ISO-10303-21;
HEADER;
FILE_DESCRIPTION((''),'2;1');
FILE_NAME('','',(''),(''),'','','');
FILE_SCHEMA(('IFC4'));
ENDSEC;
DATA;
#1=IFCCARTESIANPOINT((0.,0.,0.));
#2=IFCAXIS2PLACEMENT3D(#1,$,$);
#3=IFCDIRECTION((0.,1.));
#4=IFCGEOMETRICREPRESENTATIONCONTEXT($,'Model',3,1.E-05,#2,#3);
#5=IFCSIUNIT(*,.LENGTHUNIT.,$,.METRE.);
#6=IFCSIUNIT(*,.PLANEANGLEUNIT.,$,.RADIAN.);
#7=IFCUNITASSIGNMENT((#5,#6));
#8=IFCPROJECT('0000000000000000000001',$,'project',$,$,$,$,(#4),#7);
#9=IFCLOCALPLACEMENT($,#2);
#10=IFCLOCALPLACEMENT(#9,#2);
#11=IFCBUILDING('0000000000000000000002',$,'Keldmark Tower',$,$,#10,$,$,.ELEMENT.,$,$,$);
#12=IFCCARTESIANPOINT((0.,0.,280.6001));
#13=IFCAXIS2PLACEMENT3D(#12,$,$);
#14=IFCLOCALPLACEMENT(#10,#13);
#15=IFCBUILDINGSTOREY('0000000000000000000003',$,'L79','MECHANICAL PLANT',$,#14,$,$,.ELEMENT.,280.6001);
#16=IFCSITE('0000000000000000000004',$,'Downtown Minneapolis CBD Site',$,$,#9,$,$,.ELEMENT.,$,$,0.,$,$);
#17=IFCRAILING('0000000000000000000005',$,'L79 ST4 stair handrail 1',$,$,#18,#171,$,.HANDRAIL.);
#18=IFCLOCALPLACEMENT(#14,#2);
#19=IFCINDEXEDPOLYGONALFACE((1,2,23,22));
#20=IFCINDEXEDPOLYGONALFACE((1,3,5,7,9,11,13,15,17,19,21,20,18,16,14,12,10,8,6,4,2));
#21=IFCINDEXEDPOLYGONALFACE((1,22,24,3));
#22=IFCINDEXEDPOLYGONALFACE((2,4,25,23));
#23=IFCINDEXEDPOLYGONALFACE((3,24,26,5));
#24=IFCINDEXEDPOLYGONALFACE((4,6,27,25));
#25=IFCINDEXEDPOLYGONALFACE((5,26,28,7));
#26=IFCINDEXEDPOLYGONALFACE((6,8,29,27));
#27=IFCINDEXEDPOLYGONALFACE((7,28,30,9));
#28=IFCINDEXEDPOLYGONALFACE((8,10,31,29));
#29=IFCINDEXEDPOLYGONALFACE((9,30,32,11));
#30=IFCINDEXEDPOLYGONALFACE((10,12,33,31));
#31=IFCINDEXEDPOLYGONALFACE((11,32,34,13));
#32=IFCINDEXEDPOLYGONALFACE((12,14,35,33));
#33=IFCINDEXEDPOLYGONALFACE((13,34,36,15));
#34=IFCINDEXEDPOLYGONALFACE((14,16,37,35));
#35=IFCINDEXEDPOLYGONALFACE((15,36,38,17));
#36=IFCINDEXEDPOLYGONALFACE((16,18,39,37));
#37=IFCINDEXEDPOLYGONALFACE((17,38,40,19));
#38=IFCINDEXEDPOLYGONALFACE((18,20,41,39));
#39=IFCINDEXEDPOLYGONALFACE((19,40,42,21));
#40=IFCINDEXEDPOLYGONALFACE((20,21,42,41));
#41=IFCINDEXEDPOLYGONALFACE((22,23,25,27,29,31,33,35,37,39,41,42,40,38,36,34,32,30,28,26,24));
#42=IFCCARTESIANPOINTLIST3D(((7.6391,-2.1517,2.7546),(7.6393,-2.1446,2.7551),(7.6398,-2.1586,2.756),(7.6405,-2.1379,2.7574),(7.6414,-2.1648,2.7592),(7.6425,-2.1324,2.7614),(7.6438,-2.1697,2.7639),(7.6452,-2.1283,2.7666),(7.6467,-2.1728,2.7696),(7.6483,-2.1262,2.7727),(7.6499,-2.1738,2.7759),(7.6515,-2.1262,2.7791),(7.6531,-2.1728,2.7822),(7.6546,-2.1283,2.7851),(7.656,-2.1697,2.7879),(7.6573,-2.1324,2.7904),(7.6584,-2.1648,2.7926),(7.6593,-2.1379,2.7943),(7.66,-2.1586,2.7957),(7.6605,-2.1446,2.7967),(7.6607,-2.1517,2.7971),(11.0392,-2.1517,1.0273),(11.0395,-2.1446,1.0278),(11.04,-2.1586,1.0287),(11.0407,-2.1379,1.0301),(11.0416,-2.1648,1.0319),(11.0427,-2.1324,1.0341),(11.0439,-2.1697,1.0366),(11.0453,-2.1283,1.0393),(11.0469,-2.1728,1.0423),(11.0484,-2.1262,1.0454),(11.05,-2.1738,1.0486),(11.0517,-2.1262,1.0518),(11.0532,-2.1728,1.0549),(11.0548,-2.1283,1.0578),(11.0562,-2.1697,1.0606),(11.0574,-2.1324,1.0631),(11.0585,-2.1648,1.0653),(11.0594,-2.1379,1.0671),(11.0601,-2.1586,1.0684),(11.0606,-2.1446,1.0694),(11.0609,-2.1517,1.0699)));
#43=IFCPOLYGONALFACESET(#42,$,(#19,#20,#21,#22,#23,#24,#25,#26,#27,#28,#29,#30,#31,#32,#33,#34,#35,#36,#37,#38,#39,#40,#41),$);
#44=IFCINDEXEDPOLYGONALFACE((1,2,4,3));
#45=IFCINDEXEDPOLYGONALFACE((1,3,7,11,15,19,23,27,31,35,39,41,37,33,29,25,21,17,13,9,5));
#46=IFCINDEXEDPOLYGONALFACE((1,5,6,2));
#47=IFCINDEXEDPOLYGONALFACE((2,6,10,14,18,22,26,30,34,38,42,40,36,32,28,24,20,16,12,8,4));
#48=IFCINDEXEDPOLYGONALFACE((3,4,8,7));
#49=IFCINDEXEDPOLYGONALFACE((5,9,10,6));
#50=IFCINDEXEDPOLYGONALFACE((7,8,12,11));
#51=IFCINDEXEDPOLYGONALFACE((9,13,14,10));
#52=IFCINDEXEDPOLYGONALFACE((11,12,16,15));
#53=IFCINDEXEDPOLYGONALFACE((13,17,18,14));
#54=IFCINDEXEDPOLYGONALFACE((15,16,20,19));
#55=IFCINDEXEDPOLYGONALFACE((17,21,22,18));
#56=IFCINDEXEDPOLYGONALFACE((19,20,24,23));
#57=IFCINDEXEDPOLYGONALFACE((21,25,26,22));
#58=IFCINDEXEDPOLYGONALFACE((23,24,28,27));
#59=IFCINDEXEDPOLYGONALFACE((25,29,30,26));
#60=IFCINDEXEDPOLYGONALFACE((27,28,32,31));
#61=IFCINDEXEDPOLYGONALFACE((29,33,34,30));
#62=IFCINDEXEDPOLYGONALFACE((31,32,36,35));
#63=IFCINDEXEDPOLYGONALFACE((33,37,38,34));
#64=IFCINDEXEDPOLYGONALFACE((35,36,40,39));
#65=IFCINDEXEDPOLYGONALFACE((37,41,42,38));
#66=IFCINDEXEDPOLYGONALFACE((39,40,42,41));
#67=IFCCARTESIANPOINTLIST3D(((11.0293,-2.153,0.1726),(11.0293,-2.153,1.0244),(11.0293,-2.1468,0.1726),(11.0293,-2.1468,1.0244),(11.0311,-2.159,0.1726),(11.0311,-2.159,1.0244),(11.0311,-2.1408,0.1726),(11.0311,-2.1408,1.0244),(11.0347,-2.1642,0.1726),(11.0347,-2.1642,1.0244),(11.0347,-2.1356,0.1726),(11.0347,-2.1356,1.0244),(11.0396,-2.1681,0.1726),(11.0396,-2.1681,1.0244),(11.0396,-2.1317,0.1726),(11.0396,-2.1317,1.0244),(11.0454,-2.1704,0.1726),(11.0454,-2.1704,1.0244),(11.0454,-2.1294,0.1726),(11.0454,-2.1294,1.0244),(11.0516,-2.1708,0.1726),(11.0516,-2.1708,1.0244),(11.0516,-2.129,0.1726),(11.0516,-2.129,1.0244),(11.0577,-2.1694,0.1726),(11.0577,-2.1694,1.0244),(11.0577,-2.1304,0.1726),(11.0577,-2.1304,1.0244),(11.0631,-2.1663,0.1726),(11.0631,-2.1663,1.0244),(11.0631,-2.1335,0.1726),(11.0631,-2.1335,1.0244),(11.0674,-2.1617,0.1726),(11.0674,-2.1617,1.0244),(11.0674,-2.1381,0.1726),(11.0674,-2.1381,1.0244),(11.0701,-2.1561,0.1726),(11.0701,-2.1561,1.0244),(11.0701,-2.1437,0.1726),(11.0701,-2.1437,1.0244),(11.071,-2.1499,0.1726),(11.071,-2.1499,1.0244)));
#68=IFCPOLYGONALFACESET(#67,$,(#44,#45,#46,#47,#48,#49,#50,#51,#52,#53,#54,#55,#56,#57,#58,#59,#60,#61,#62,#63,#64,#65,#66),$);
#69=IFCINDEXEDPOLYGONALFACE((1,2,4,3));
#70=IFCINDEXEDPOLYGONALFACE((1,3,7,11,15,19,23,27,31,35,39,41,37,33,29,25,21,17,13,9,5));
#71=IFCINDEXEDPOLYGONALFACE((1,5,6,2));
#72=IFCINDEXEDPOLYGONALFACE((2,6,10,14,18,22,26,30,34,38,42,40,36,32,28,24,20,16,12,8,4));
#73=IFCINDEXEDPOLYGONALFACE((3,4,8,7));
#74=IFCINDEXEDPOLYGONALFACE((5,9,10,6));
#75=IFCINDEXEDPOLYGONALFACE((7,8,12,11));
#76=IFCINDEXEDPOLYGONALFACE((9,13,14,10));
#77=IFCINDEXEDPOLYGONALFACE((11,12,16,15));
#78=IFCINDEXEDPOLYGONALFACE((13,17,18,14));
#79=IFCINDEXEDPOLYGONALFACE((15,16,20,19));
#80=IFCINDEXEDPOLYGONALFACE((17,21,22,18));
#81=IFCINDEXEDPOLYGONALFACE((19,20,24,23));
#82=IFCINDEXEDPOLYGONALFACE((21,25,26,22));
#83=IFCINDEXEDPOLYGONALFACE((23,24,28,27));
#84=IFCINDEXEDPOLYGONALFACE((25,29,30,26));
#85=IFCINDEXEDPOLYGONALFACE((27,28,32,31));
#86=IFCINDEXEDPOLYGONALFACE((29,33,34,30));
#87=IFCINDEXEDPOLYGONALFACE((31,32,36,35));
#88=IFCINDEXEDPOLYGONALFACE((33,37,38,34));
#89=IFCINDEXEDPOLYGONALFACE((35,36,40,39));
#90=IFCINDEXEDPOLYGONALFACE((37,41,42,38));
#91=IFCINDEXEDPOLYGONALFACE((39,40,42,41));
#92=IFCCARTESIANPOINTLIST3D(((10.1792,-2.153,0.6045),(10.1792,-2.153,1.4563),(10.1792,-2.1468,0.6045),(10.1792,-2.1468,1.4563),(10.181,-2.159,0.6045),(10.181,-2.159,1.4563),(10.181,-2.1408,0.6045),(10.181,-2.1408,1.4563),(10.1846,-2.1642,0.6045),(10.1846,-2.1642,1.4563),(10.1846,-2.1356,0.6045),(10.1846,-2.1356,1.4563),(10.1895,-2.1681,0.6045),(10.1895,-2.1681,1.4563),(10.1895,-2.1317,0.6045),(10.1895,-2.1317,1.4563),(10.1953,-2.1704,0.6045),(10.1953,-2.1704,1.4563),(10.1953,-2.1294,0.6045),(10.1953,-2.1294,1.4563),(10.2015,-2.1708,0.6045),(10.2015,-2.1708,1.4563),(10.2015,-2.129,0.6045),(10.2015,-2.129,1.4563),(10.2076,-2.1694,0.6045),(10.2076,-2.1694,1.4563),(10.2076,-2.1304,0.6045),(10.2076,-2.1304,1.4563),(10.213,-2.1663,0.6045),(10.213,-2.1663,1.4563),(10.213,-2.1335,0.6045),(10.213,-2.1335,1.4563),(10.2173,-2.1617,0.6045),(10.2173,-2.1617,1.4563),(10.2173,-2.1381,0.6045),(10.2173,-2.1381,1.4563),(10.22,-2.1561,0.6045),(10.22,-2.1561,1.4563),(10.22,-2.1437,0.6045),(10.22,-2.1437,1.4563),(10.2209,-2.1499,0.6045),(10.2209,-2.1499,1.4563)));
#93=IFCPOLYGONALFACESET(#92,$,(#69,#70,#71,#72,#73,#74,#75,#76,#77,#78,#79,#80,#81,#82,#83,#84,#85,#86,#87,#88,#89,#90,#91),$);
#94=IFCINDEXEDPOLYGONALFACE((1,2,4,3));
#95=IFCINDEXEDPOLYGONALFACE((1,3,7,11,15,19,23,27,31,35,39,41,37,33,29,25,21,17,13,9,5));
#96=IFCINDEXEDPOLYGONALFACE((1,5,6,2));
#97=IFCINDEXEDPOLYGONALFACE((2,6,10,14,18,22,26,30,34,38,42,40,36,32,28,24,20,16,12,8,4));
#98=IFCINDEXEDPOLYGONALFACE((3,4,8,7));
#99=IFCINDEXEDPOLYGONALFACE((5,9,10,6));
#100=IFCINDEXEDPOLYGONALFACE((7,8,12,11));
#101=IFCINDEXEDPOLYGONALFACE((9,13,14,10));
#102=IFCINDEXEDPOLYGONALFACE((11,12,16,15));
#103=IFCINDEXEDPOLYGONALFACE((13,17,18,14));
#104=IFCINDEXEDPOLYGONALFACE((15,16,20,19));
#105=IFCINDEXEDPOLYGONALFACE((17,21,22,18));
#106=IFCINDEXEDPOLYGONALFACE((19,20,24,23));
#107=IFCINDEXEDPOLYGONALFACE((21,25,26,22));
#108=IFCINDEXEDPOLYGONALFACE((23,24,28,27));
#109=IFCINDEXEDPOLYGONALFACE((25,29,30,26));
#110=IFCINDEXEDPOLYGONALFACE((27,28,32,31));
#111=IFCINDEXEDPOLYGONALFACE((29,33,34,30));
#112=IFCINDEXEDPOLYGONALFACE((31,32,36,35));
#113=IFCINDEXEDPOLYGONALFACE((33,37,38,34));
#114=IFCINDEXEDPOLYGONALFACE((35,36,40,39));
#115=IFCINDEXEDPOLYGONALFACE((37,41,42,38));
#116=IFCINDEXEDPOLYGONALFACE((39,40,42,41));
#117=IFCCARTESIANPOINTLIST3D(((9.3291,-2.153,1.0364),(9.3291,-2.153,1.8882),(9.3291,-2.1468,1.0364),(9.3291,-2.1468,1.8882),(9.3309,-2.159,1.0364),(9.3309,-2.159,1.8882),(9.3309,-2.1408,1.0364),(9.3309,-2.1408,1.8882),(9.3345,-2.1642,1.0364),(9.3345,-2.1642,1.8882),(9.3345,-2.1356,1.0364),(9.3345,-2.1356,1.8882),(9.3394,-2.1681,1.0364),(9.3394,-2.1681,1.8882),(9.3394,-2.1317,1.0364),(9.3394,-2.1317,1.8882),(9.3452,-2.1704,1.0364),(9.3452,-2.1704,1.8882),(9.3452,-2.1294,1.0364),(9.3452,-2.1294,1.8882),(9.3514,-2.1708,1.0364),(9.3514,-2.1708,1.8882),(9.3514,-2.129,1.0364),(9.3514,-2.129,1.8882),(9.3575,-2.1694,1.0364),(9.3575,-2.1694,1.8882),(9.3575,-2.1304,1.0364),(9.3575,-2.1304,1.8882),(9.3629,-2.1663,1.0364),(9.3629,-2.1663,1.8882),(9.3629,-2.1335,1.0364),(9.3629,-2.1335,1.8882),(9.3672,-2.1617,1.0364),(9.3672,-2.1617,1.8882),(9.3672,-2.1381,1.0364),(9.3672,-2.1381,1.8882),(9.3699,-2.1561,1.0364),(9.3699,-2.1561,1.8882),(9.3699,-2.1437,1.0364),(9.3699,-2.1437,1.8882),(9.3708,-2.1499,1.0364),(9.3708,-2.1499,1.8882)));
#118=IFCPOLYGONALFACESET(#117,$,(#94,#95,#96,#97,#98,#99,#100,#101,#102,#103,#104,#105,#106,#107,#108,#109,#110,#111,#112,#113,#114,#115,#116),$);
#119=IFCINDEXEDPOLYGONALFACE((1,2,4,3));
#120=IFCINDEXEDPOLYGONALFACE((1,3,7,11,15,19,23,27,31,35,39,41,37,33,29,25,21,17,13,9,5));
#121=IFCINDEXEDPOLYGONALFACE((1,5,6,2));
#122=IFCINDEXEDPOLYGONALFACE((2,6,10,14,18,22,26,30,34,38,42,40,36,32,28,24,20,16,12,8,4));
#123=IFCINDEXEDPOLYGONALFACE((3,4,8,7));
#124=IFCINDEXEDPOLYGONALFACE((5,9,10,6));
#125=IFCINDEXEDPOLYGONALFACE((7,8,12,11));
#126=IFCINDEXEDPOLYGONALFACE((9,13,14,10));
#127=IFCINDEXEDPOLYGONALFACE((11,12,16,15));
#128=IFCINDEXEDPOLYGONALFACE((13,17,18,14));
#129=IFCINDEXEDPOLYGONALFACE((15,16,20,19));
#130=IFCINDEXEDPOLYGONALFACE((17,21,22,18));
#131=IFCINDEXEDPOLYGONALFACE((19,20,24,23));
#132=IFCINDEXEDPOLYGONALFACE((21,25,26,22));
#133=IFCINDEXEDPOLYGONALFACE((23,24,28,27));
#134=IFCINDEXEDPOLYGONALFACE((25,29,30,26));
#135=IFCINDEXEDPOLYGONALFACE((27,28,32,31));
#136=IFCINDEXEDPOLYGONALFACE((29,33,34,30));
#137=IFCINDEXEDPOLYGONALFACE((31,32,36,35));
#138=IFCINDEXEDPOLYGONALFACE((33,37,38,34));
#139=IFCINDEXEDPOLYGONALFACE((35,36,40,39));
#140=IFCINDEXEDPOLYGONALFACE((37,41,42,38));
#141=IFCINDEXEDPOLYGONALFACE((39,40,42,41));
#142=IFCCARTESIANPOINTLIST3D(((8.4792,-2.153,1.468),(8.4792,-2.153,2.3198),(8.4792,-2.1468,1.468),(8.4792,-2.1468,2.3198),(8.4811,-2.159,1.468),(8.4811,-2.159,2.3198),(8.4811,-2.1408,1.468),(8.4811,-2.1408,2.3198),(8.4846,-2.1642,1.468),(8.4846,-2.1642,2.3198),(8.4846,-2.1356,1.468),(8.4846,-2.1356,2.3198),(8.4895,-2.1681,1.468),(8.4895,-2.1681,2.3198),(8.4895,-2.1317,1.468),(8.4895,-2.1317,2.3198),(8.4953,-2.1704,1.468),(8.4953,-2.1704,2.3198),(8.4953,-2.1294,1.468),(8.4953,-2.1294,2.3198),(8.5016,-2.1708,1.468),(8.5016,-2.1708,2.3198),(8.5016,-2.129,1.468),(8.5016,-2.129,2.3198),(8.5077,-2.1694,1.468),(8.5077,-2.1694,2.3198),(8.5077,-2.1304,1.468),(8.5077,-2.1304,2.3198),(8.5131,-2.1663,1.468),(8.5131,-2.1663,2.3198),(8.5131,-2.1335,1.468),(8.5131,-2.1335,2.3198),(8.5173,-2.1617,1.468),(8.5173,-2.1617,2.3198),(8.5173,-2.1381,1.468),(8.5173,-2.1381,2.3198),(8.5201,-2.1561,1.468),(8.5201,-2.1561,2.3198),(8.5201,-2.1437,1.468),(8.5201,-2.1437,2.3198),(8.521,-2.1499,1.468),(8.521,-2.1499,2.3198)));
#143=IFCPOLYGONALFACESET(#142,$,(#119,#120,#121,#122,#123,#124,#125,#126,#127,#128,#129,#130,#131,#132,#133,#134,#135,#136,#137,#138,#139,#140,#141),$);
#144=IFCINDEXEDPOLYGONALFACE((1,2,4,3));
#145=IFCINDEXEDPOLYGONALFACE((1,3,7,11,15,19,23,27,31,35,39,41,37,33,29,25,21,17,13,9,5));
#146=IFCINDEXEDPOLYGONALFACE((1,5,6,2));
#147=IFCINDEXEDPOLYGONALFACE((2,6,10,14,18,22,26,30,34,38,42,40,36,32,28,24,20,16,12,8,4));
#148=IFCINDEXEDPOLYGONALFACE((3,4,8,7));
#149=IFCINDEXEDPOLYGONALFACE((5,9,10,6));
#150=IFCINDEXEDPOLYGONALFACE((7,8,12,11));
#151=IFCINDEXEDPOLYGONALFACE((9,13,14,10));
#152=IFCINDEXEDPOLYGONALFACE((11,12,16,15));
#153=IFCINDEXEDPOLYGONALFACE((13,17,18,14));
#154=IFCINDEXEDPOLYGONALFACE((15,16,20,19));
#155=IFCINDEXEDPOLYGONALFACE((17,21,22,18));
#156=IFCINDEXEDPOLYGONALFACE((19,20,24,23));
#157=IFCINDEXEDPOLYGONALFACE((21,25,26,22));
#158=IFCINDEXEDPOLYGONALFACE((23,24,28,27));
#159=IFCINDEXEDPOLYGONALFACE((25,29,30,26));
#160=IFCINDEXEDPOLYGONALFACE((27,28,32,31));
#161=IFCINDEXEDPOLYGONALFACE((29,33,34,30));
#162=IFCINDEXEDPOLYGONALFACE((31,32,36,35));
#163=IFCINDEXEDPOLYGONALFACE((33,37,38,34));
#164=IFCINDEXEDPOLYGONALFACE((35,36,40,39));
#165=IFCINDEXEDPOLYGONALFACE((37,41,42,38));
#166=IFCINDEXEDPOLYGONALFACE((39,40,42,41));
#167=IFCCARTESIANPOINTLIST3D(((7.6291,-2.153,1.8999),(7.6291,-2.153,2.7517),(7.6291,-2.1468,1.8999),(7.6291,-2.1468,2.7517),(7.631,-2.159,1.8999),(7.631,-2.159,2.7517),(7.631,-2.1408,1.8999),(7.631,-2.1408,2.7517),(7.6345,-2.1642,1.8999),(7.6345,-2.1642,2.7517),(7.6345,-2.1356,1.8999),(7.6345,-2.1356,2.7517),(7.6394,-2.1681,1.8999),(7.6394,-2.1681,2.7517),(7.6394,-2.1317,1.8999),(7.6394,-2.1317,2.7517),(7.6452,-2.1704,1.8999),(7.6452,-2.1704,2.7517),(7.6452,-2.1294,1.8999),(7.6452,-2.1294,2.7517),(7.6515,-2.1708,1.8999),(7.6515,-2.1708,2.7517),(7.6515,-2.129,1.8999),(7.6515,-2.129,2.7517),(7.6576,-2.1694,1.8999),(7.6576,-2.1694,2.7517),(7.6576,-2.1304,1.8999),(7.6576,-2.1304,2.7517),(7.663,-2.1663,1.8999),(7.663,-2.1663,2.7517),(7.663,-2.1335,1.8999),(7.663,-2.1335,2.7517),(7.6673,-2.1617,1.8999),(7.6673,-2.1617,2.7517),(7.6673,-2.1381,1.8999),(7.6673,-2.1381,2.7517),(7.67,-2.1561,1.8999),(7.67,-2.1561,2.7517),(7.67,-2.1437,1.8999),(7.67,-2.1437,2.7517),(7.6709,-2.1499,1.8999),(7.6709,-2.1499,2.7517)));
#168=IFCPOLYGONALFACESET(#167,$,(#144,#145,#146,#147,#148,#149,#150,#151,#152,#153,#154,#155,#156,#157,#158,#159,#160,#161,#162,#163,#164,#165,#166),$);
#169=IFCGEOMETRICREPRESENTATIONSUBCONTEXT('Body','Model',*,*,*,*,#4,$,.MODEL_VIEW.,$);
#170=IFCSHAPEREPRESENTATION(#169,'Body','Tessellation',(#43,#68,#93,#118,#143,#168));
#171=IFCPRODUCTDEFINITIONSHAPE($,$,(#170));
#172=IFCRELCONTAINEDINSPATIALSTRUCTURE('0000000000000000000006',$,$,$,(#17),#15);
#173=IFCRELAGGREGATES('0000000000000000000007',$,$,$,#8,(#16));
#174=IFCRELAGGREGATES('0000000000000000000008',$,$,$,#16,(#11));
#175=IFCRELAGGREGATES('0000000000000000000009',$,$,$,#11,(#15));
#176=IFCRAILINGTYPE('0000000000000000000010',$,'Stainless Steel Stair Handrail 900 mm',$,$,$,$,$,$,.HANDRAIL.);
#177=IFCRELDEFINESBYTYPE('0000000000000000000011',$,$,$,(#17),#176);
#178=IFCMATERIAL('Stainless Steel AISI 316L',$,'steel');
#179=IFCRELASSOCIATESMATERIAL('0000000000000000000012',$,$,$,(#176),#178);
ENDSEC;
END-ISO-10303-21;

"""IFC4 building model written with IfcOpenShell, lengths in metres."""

from ifc_helpers import new_model, si_unit, direction, frame, origin, origin_2d, place, context, subcontext, project, spatial, circle, extrude, material, type_object, element, save


model = new_model("IFC4")

# Units and contexts
model_context = context("Model", 3, precision=1e-05, world=origin(), true_north=direction((0.0, 1.0)))
body_context = subcontext(model_context, "Body", "Model", "MODEL_VIEW")
ifc_project = project(units=[si_unit("LENGTHUNIT", "METRE"), si_unit("PLANEANGLEUNIT", "RADIAN")], contexts=[model_context])

# Site, building, storey
site_placement = place(None, origin())
site = spatial("IfcSite", under=ifc_project, at=site_placement, Name="Downtown Minneapolis CBD Site", CompositionType="ELEMENT", RefElevation=0.0)
building_placement = place(site_placement, origin())
building = spatial("IfcBuilding", under=site, at=building_placement, Name="Keldmark Tower", CompositionType="ELEMENT")
storey_placement = place(building_placement, frame((0.0, 0.0, 280.6001)))
storey = spatial("IfcBuildingStorey", under=building, at=storey_placement, Name="L79", Description="MECHANICAL PLANT", CompositionType="ELEMENT", Elevation=280.6001)

# Railing
ifc_material_1 = material(Name="Stainless Steel AISI 316L", Category="steel")
railing_type = type_object("IfcRailingType", Name="Stainless Steel Stair Handrail 900 mm", PredefinedType="HANDRAIL", material=ifc_material_1)
railing_placement = place(storey_placement, frame((11.05, -2.1499, 0.1726)))
element("IfcRailing", 1, at=railing_placement, inside=storey, type_object=railing_type, Name="L79 ST4 stair handrail 1", PredefinedType="HANDRAIL", context=body_context, shape_type="SweptSolid", body=[
    extrude(circle(Radius=0.0239, at=origin_2d()), frame((0.0, 0.0, 0.876), z_axis=(-0.891554, 0.0, 0.452915), x_axis=(0.0, -1.0, 0.0)), (0.0, 0.0, 1.0), 3.8137),
    extrude(circle(Radius=0.021, at=origin_2d()), origin(), (0.0, 0.0, 1.0), 0.8518),
    extrude(circle(Radius=0.021, at=origin_2d()), frame((-0.8501, 0.0, 0.4319)), (0.0, 0.0, 1.0), 0.8518),
    extrude(circle(Radius=0.021, at=origin_2d()), frame((-1.7002, 0.0, 0.8638)), (0.0, 0.0, 1.0), 0.8518),
    extrude(circle(Radius=0.021, at=origin_2d()), frame((-2.55, 0.0, 1.2954)), (0.0, 0.0, 1.0), 0.8518),
    extrude(circle(Radius=0.021, at=origin_2d()), frame((-3.4001, 0.0, 1.7273)), (0.0, 0.0, 1.0), 0.8518),
])

save(model, "model.ifc")
